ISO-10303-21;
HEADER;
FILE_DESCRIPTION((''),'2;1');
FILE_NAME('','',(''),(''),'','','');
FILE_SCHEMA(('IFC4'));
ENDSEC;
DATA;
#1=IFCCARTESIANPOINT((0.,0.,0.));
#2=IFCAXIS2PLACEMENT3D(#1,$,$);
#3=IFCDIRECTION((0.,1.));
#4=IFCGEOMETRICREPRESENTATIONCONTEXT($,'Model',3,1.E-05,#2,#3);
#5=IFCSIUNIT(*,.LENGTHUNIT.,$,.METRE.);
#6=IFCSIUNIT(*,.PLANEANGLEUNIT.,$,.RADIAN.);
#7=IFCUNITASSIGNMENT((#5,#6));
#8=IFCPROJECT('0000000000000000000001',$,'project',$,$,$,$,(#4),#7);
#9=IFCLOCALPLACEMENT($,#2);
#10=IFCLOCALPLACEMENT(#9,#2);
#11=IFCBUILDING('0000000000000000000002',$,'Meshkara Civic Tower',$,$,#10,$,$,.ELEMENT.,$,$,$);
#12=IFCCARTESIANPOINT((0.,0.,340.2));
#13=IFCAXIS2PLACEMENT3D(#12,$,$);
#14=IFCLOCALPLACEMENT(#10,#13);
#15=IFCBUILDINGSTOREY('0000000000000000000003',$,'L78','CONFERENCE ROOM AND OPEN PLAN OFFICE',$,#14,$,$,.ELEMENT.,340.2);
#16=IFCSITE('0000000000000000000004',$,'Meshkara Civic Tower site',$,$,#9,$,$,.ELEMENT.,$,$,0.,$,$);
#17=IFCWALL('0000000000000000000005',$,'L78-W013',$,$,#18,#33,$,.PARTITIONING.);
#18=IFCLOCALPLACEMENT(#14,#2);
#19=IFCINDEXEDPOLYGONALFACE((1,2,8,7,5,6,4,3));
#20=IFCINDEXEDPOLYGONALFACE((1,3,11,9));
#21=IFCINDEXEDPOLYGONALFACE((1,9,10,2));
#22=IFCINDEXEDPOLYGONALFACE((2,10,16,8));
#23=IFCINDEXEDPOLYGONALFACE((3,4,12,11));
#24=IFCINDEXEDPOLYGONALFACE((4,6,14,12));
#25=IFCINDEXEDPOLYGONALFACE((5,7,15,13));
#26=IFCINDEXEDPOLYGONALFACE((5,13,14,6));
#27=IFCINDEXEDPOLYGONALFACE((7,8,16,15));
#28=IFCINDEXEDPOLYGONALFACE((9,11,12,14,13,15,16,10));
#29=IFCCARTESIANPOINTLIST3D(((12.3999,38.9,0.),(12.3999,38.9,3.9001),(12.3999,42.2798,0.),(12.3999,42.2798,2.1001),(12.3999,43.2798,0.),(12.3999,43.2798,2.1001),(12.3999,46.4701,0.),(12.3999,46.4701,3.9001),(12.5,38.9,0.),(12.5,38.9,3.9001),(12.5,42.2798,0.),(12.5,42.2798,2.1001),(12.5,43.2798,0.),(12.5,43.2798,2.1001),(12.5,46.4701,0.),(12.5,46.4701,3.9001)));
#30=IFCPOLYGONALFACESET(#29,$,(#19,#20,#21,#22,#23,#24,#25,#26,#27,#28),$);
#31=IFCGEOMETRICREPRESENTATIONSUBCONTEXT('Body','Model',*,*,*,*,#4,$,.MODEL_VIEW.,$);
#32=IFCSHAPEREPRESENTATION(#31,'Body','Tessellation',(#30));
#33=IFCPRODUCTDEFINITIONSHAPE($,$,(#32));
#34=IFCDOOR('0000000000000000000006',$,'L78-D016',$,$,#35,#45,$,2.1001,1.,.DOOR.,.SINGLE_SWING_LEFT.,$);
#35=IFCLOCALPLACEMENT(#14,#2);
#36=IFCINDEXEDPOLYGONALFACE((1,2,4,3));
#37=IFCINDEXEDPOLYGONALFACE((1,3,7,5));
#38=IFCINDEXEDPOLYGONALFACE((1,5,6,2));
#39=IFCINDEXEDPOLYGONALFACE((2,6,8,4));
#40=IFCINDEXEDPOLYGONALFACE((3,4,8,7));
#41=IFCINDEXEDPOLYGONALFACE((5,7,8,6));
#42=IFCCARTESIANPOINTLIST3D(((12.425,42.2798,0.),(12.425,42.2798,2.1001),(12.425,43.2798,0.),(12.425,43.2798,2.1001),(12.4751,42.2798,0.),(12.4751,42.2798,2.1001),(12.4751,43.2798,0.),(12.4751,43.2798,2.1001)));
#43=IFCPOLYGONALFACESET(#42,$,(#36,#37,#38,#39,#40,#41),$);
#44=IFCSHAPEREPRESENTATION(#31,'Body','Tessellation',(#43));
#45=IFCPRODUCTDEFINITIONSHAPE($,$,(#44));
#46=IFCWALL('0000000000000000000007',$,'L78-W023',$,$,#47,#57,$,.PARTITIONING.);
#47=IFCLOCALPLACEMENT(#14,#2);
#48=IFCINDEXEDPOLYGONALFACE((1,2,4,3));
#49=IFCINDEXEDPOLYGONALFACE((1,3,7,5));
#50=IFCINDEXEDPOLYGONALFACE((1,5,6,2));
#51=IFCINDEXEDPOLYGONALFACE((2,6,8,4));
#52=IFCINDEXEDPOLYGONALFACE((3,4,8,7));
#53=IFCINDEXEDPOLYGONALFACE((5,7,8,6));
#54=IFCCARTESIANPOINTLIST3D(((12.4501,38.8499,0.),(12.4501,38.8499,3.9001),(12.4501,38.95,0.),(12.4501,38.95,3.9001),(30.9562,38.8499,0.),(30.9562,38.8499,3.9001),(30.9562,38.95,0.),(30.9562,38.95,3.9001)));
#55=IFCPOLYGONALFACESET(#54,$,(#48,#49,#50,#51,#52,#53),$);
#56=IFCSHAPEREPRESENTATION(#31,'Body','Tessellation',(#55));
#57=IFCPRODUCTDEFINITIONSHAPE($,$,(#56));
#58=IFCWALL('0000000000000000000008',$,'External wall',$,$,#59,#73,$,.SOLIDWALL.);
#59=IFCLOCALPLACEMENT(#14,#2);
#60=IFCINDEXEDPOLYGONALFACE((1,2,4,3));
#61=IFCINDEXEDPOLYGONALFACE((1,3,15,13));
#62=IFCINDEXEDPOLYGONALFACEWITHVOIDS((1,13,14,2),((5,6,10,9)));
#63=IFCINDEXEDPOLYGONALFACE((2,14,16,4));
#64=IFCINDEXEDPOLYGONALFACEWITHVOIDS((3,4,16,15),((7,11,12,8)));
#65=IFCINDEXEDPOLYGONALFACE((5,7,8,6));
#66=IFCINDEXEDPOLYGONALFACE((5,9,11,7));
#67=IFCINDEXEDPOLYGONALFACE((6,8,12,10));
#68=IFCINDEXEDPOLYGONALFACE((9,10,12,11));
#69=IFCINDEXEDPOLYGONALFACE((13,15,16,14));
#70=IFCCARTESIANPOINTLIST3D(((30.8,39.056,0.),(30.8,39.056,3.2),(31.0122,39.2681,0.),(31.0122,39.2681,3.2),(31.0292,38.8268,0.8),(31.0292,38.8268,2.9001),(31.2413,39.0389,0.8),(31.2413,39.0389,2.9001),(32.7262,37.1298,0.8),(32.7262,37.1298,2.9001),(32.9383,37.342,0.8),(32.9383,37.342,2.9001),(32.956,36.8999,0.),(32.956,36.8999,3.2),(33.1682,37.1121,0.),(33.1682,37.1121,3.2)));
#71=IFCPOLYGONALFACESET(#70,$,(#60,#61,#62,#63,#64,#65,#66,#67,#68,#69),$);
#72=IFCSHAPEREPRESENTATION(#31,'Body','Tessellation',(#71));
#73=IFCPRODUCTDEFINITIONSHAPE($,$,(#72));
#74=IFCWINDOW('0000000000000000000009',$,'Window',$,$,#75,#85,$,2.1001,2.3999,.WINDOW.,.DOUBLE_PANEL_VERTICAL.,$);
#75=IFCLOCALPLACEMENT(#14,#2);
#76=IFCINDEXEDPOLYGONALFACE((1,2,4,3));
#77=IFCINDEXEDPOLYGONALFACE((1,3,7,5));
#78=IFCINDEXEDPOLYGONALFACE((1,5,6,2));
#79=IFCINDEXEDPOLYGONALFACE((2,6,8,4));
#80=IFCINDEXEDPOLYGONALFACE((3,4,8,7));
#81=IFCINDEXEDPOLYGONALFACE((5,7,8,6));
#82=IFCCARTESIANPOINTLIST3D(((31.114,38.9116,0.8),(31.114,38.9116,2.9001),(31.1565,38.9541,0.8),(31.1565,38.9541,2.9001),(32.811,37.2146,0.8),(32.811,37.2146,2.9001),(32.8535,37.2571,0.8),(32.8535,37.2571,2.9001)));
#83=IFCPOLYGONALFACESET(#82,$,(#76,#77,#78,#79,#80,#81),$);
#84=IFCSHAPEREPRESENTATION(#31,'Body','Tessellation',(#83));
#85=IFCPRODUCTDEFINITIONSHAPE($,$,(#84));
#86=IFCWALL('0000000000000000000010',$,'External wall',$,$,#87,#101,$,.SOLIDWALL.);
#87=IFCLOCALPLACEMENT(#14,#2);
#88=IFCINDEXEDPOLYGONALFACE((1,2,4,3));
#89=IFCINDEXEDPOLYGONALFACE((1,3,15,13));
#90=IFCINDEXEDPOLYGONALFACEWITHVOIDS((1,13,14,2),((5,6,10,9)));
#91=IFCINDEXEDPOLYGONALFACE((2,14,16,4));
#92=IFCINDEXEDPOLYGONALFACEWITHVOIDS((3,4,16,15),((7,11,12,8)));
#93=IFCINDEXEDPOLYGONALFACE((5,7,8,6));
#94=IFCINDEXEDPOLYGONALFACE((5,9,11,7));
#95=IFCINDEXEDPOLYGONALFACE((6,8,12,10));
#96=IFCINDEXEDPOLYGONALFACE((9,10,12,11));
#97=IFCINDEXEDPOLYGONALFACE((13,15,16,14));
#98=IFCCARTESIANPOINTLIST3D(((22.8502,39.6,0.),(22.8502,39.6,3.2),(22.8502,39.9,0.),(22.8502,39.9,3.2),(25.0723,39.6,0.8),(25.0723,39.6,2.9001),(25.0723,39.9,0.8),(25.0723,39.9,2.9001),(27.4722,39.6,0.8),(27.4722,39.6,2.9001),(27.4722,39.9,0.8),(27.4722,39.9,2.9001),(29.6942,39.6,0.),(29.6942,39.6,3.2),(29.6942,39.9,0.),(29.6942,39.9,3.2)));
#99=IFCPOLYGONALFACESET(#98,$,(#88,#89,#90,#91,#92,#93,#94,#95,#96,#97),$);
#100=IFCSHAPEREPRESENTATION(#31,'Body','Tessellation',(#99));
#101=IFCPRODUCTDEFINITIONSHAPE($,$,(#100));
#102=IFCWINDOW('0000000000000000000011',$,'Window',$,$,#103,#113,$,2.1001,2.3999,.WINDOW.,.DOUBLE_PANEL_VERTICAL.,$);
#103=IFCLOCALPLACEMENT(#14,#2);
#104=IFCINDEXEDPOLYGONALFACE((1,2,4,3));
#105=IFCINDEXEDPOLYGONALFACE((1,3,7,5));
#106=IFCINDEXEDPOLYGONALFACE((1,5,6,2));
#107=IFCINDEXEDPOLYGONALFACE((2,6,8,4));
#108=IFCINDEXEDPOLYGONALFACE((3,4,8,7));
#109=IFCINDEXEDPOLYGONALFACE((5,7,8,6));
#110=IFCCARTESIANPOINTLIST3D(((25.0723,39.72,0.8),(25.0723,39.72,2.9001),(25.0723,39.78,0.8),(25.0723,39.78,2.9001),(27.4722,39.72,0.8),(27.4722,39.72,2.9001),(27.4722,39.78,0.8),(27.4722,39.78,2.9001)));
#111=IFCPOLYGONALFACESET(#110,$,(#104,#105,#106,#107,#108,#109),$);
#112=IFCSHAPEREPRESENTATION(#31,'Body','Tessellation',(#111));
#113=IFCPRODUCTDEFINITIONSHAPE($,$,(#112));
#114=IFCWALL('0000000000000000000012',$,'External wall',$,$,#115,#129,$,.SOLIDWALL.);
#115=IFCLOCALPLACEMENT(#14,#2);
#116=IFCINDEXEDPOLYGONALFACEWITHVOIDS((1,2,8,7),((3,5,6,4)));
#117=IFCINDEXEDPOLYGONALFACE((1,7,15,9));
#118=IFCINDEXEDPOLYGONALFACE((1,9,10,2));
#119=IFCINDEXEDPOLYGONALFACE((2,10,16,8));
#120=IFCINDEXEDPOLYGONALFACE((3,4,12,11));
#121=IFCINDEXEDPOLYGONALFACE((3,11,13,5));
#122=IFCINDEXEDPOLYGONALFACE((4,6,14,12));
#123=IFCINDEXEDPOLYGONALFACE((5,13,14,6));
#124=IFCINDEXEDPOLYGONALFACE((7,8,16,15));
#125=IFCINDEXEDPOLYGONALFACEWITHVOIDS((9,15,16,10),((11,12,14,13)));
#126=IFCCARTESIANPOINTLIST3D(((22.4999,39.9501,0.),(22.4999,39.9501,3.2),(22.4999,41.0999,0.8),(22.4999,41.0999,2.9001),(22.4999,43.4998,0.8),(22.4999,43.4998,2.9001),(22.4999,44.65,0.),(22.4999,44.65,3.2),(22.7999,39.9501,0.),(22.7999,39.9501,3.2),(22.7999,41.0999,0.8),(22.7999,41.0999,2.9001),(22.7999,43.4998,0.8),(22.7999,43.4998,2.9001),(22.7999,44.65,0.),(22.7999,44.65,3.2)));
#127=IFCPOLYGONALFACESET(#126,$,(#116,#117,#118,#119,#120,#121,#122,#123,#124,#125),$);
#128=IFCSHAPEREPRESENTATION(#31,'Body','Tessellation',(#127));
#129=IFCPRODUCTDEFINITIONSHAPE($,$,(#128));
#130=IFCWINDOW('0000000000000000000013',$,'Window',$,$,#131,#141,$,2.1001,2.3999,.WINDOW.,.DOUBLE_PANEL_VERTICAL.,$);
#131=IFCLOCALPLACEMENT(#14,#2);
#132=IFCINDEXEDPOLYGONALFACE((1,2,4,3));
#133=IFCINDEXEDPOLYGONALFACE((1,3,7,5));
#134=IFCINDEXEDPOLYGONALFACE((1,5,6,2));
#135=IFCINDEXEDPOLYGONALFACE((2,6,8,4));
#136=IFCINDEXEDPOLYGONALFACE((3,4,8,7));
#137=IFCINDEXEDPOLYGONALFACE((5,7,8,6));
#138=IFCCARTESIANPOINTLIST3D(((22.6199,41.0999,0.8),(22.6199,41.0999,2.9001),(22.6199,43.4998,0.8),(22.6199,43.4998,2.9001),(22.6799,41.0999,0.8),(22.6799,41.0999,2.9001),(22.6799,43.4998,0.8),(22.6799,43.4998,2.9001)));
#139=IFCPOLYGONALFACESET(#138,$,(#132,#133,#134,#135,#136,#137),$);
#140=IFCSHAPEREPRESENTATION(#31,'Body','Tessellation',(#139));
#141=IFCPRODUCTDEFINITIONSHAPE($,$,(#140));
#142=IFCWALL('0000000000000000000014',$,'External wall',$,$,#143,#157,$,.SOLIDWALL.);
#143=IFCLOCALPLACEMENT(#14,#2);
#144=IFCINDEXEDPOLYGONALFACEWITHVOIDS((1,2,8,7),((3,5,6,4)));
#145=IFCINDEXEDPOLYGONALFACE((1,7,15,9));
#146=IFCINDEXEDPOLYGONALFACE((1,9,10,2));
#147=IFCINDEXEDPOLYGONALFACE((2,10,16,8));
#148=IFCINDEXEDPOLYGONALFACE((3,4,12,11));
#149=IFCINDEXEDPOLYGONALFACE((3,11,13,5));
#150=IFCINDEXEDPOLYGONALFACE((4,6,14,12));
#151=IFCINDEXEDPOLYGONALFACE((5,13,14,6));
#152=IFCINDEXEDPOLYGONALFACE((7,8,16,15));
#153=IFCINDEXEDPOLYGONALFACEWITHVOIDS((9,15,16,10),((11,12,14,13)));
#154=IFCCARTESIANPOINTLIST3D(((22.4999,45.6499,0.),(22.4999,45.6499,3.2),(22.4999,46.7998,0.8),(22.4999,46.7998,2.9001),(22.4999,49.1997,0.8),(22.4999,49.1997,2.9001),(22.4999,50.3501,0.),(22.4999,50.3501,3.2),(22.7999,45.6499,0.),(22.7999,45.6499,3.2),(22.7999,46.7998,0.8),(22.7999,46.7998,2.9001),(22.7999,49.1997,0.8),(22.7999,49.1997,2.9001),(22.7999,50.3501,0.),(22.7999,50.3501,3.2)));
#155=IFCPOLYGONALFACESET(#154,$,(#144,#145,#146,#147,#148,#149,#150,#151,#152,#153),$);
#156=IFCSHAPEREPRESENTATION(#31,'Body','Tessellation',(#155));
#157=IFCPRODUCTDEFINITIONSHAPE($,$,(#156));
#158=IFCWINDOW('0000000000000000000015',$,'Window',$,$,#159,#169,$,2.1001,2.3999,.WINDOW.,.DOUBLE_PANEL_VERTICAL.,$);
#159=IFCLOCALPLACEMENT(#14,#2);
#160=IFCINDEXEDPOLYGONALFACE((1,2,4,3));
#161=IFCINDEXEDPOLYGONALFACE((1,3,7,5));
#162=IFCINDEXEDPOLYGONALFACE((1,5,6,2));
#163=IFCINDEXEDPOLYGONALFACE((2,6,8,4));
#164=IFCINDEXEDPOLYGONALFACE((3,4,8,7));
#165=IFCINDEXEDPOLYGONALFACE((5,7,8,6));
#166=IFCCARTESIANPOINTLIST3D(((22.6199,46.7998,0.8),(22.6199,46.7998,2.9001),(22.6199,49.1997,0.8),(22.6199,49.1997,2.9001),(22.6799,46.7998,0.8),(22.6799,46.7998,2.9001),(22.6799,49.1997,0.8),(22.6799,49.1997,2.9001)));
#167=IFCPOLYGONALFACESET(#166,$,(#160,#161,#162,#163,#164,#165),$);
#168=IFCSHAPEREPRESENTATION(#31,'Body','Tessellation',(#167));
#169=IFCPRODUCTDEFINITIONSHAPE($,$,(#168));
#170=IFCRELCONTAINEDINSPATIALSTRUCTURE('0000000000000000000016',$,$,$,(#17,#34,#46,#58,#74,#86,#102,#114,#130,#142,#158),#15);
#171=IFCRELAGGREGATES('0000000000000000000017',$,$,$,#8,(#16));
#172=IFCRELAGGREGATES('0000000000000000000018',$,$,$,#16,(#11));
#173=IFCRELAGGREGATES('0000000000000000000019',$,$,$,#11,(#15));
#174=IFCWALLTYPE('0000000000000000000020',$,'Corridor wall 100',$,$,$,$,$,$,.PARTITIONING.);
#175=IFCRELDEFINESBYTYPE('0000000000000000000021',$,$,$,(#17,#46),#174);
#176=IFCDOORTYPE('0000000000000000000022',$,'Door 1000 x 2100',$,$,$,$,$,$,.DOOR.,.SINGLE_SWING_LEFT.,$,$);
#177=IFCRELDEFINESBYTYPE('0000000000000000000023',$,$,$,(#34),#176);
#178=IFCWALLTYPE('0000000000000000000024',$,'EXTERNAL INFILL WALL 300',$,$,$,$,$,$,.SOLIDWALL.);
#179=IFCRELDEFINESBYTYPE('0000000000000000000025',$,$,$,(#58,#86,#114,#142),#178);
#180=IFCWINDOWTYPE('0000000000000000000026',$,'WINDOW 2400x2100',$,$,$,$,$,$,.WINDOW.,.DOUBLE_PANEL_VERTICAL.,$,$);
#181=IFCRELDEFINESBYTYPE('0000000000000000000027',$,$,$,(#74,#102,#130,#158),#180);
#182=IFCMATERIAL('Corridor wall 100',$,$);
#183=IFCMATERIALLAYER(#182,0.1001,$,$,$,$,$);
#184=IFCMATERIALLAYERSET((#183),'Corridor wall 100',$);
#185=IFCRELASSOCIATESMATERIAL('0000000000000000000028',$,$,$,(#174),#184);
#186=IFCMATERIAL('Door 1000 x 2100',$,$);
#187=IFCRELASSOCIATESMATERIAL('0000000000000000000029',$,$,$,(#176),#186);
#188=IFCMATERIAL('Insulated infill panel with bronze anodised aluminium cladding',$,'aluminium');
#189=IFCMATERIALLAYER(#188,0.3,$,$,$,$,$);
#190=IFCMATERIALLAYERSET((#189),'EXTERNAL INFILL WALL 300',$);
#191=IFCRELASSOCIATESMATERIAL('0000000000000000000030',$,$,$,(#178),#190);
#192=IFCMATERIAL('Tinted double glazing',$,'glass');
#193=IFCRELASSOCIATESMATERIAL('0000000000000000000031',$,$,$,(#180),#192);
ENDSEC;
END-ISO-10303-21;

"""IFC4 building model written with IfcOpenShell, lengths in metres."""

from ifc_helpers import new_model, si_unit, direction, frame, frame_2d, origin, place, context, subcontext, project, spatial, rectangle, extrude, material, layer, layer_set, type_object, element, fill, save


model = new_model("IFC4")

# Units and contexts
model_context = context("Model", 3, precision=1e-05, world=origin(), true_north=direction((0.0, 1.0)))
body_context = subcontext(model_context, "Body", "Model", "MODEL_VIEW")
ifc_project = project(units=[si_unit("LENGTHUNIT", "METRE"), si_unit("PLANEANGLEUNIT", "RADIAN")], contexts=[model_context])

# Site, building, storey
site_placement = place(None, origin())
site = spatial("IfcSite", under=ifc_project, at=site_placement, Name="Meshkara Civic Tower site", CompositionType="ELEMENT", RefElevation=0.0)
building_placement = place(site_placement, origin())
building = spatial("IfcBuilding", under=site, at=building_placement, Name="Meshkara Civic Tower", CompositionType="ELEMENT")
storey_placement = place(building_placement, frame((0.0, 0.0, 340.2)))
storey = spatial("IfcBuildingStorey", under=building, at=storey_placement, Name="L78", Description="CONFERENCE ROOM AND OPEN PLAN OFFICE", CompositionType="ELEMENT", Elevation=340.2)

# Wall, opening, door
ifc_material_1 = material(Name="Corridor wall 100")
ifc_layer_1 = layer(ifc_material_1, 0.1001)
ifc_layer_set_1 = layer_set([ifc_layer_1], Name="Corridor wall 100")
wall_type_1 = type_object("IfcWallType", Name="Corridor wall 100", PredefinedType="PARTITIONING", material=ifc_layer_set_1)
wall_1_placement = place(storey_placement, frame((12.45, 38.8999, 0.0), z_axis=(0.0, 0.0, 1.0), x_axis=(0.0, 1.0, 0.0)))
wall_1 = element("IfcWall", 1, at=wall_1_placement, inside=storey, type_object=wall_type_1, Name="L78-W013", PredefinedType="PARTITIONING", context=body_context, shape_type="SweptSolid", body=[
    extrude(rectangle(XDim=7.5701, YDim=0.1001, at=frame_2d((3.7852, 0.0))), origin(), (0.0, 0.0, 1.0), 3.9001),
])
opening_1_placement = place(wall_1_placement, frame((3.3799, 0.0, 0.0)))
opening_1 = element("IfcOpeningElement", 2, at=opening_1_placement, cuts=wall_1, PredefinedType="OPENING", context=body_context, shape_type="SweptSolid", body=[
    extrude(rectangle(XDim=1.0, YDim=2.1001, at=frame_2d((0.5, 1.05))), frame((0.0, 0.0601, 0.0), z_axis=(0.0, -1.0, 0.0), x_axis=(1.0, 0.0, 0.0)), (0.0, 0.0, 1.0), 0.1201),
])
ifc_material_2 = material(Name="Door 1000 x 2100")
door_type_1 = type_object("IfcDoorType", Name="Door 1000 x 2100", OperationType="SINGLE_SWING_LEFT", PredefinedType="DOOR", material=ifc_material_2)
door_1_placement = place(opening_1_placement, origin())
door_1 = element("IfcDoor", 3, at=door_1_placement, inside=storey, type_object=door_type_1, Name="L78-D016", OperationType="SINGLE_SWING_LEFT", OverallHeight=2.1001, OverallWidth=1.0, PredefinedType="DOOR", context=body_context, shape_type="SweptSolid", body=[
    extrude(rectangle(XDim=1.0, YDim=2.1001, at=frame_2d((0.5, 1.05))), frame((0.0, 0.0249, 0.0), z_axis=(0.0, -1.0, 0.0), x_axis=(1.0, 0.0, 0.0)), (0.0, 0.0, 1.0), 0.05),
])
fill(opening_1, door_1)

# Wall
wall_2_placement = place(storey_placement, frame((30.9561, 38.8999, 0.0), z_axis=(0.0, 0.0, 1.0), x_axis=(-1.0, 0.0, 0.0)))
element("IfcWall", 4, at=wall_2_placement, inside=storey, type_object=wall_type_1, Name="L78-W023", PredefinedType="PARTITIONING", context=body_context, shape_type="SweptSolid", body=[
    extrude(rectangle(XDim=18.5061, YDim=0.1001, at=frame_2d((9.2529, 0.0))), origin(), (0.0, 0.0, 1.0), 3.9001),
])

# Walls, openings, windows
ifc_material_3 = material(Name="Insulated infill panel with bronze anodised aluminium cladding", Category="aluminium")
ifc_layer_2 = layer(ifc_material_3, 0.3)
ifc_layer_set_2 = layer_set([ifc_layer_2], Name="EXTERNAL INFILL WALL 300")
wall_type_2 = type_object("IfcWallType", Name="EXTERNAL INFILL WALL 300", PredefinedType="SOLIDWALL", material=ifc_layer_set_2)
wall_3_placement = place(storey_placement, frame((33.062, 37.0061, 0.0), z_axis=(0.0, 0.0, 1.0), x_axis=(-0.707107, 0.707107, 0.0)))
wall_3 = element("IfcWall", 5, at=wall_3_placement, inside=storey, type_object=wall_type_2, Name="External wall", PredefinedType="SOLIDWALL", context=body_context, shape_type="SweptSolid", body=[
    extrude(rectangle(XDim=3.0491, YDim=0.3, at=frame_2d((1.5244, 0.0))), origin(), (0.0, 0.0, 1.0), 3.2),
])
opening_2_placement = place(wall_3_placement, frame((0.325, 0.0, 0.8)))
opening_2 = element("IfcOpeningElement", 6, at=opening_2_placement, cuts=wall_3, PredefinedType="OPENING", context=body_context, shape_type="SweptSolid", body=[
    extrude(rectangle(XDim=2.3999, YDim=2.1001, at=frame_2d((1.2, 1.05))), frame((0.0, 0.1599, 0.0), z_axis=(0.0, -1.0, 0.0), x_axis=(1.0, 0.0, 0.0)), (0.0, 0.0, 1.0), 0.3201),
])
ifc_material_4 = material(Name="Tinted double glazing", Category="glass")
window_type = type_object("IfcWindowType", Name="WINDOW 2400x2100", PartitioningType="DOUBLE_PANEL_VERTICAL", PredefinedType="WINDOW", material=ifc_material_4)
window_1_placement = place(opening_2_placement, origin())
window_1 = element("IfcWindow", 7, at=window_1_placement, inside=storey, type_object=window_type, Name="Window", OverallHeight=2.1001, OverallWidth=2.3999, PartitioningType="DOUBLE_PANEL_VERTICAL", PredefinedType="WINDOW", context=body_context, shape_type="SweptSolid", body=[
    extrude(rectangle(XDim=2.3999, YDim=2.1001, at=frame_2d((1.2, 1.05))), frame((0.0, 0.03, 0.0), z_axis=(0.0, -1.0, 0.0), x_axis=(1.0, 0.0, 0.0)), (0.0, 0.0, 1.0), 0.0601),
])
fill(opening_2, window_1)
wall_4_placement = place(storey_placement, frame((29.6941, 39.75, 0.0), z_axis=(0.0, 0.0, 1.0), x_axis=(-1.0, 0.0, 0.0)))
wall_4 = element("IfcWall", 8, at=wall_4_placement, inside=storey, type_object=wall_type_2, Name="External wall", PredefinedType="SOLIDWALL", context=body_context, shape_type="SweptSolid", body=[
    extrude(rectangle(XDim=6.844, YDim=0.3, at=frame_2d((3.4219, 0.0))), origin(), (0.0, 0.0, 1.0), 3.2),
])
opening_3_placement = place(wall_4_placement, frame((2.2219, 0.0, 0.8)))
opening_3 = element("IfcOpeningElement", 9, at=opening_3_placement, cuts=wall_4, PredefinedType="OPENING", context=body_context, shape_type="SweptSolid", body=[
    extrude(rectangle(XDim=2.3999, YDim=2.1001, at=frame_2d((1.2, 1.05))), frame((0.0, 0.1599, 0.0), z_axis=(0.0, -1.0, 0.0), x_axis=(1.0, 0.0, 0.0)), (0.0, 0.0, 1.0), 0.3201),
])
window_2_placement = place(opening_3_placement, origin())
window_2 = element("IfcWindow", 10, at=window_2_placement, inside=storey, type_object=window_type, Name="Window", OverallHeight=2.1001, OverallWidth=2.3999, PartitioningType="DOUBLE_PANEL_VERTICAL", PredefinedType="WINDOW", context=body_context, shape_type="SweptSolid", body=[
    extrude(rectangle(XDim=2.3999, YDim=2.1001, at=frame_2d((1.2, 1.05))), frame((0.0, 0.03, 0.0), z_axis=(0.0, -1.0, 0.0), x_axis=(1.0, 0.0, 0.0)), (0.0, 0.0, 1.0), 0.0601),
])
fill(opening_3, window_2)
wall_5_placement = place(storey_placement, frame((22.6499, 39.95, 0.0), z_axis=(0.0, 0.0, 1.0), x_axis=(0.0, 1.0, 0.0)))
wall_5 = element("IfcWall", 11, at=wall_5_placement, inside=storey, type_object=wall_type_2, Name="External wall", PredefinedType="SOLIDWALL", context=body_context, shape_type="SweptSolid", body=[
    extrude(rectangle(XDim=4.7, YDim=0.3, at=frame_2d((2.3501, 0.0))), origin(), (0.0, 0.0, 1.0), 3.2),
])
opening_4_placement = place(wall_5_placement, frame((1.1499, 0.0, 0.8)))
opening_4 = element("IfcOpeningElement", 12, at=opening_4_placement, cuts=wall_5, PredefinedType="OPENING", context=body_context, shape_type="SweptSolid", body=[
    extrude(rectangle(XDim=2.3999, YDim=2.1001, at=frame_2d((1.2, 1.05))), frame((0.0, 0.1599, 0.0), z_axis=(0.0, -1.0, 0.0), x_axis=(1.0, 0.0, 0.0)), (0.0, 0.0, 1.0), 0.3201),
])
window_3_placement = place(opening_4_placement, origin())
window_3 = element("IfcWindow", 13, at=window_3_placement, inside=storey, type_object=window_type, Name="Window", OverallHeight=2.1001, OverallWidth=2.3999, PartitioningType="DOUBLE_PANEL_VERTICAL", PredefinedType="WINDOW", context=body_context, shape_type="SweptSolid", body=[
    extrude(rectangle(XDim=2.3999, YDim=2.1001, at=frame_2d((1.2, 1.05))), frame((0.0, 0.03, 0.0), z_axis=(0.0, -1.0, 0.0), x_axis=(1.0, 0.0, 0.0)), (0.0, 0.0, 1.0), 0.0601),
])
fill(opening_4, window_3)
wall_6_placement = place(storey_placement, frame((22.6499, 45.6499, 0.0), z_axis=(0.0, 0.0, 1.0), x_axis=(0.0, 1.0, 0.0)))
wall_6 = element("IfcWall", 14, at=wall_6_placement, inside=storey, type_object=wall_type_2, Name="External wall", PredefinedType="SOLIDWALL", context=body_context, shape_type="SweptSolid", body=[
    extrude(rectangle(XDim=4.7002, YDim=0.3, at=frame_2d((2.3501, 0.0))), origin(), (0.0, 0.0, 1.0), 3.2),
])
opening_5_placement = place(wall_6_placement, frame((1.1499, 0.0, 0.8)))
opening_5 = element("IfcOpeningElement", 15, at=opening_5_placement, cuts=wall_6, PredefinedType="OPENING", context=body_context, shape_type="SweptSolid", body=[
    extrude(rectangle(XDim=2.3999, YDim=2.1001, at=frame_2d((1.2, 1.05))), frame((0.0, 0.1599, 0.0), z_axis=(0.0, -1.0, 0.0), x_axis=(1.0, 0.0, 0.0)), (0.0, 0.0, 1.0), 0.3201),
])
window_4_placement = place(opening_5_placement, origin())
window_4 = element("IfcWindow", 16, at=window_4_placement, inside=storey, type_object=window_type, Name="Window", OverallHeight=2.1001, OverallWidth=2.3999, PartitioningType="DOUBLE_PANEL_VERTICAL", PredefinedType="WINDOW", context=body_context, shape_type="SweptSolid", body=[
    extrude(rectangle(XDim=2.3999, YDim=2.1001, at=frame_2d((1.2, 1.05))), frame((0.0, 0.03, 0.0), z_axis=(0.0, -1.0, 0.0), x_axis=(1.0, 0.0, 0.0)), (0.0, 0.0, 1.0), 0.0601),
])
fill(opening_5, window_4)

save(model, "model.ifc")
